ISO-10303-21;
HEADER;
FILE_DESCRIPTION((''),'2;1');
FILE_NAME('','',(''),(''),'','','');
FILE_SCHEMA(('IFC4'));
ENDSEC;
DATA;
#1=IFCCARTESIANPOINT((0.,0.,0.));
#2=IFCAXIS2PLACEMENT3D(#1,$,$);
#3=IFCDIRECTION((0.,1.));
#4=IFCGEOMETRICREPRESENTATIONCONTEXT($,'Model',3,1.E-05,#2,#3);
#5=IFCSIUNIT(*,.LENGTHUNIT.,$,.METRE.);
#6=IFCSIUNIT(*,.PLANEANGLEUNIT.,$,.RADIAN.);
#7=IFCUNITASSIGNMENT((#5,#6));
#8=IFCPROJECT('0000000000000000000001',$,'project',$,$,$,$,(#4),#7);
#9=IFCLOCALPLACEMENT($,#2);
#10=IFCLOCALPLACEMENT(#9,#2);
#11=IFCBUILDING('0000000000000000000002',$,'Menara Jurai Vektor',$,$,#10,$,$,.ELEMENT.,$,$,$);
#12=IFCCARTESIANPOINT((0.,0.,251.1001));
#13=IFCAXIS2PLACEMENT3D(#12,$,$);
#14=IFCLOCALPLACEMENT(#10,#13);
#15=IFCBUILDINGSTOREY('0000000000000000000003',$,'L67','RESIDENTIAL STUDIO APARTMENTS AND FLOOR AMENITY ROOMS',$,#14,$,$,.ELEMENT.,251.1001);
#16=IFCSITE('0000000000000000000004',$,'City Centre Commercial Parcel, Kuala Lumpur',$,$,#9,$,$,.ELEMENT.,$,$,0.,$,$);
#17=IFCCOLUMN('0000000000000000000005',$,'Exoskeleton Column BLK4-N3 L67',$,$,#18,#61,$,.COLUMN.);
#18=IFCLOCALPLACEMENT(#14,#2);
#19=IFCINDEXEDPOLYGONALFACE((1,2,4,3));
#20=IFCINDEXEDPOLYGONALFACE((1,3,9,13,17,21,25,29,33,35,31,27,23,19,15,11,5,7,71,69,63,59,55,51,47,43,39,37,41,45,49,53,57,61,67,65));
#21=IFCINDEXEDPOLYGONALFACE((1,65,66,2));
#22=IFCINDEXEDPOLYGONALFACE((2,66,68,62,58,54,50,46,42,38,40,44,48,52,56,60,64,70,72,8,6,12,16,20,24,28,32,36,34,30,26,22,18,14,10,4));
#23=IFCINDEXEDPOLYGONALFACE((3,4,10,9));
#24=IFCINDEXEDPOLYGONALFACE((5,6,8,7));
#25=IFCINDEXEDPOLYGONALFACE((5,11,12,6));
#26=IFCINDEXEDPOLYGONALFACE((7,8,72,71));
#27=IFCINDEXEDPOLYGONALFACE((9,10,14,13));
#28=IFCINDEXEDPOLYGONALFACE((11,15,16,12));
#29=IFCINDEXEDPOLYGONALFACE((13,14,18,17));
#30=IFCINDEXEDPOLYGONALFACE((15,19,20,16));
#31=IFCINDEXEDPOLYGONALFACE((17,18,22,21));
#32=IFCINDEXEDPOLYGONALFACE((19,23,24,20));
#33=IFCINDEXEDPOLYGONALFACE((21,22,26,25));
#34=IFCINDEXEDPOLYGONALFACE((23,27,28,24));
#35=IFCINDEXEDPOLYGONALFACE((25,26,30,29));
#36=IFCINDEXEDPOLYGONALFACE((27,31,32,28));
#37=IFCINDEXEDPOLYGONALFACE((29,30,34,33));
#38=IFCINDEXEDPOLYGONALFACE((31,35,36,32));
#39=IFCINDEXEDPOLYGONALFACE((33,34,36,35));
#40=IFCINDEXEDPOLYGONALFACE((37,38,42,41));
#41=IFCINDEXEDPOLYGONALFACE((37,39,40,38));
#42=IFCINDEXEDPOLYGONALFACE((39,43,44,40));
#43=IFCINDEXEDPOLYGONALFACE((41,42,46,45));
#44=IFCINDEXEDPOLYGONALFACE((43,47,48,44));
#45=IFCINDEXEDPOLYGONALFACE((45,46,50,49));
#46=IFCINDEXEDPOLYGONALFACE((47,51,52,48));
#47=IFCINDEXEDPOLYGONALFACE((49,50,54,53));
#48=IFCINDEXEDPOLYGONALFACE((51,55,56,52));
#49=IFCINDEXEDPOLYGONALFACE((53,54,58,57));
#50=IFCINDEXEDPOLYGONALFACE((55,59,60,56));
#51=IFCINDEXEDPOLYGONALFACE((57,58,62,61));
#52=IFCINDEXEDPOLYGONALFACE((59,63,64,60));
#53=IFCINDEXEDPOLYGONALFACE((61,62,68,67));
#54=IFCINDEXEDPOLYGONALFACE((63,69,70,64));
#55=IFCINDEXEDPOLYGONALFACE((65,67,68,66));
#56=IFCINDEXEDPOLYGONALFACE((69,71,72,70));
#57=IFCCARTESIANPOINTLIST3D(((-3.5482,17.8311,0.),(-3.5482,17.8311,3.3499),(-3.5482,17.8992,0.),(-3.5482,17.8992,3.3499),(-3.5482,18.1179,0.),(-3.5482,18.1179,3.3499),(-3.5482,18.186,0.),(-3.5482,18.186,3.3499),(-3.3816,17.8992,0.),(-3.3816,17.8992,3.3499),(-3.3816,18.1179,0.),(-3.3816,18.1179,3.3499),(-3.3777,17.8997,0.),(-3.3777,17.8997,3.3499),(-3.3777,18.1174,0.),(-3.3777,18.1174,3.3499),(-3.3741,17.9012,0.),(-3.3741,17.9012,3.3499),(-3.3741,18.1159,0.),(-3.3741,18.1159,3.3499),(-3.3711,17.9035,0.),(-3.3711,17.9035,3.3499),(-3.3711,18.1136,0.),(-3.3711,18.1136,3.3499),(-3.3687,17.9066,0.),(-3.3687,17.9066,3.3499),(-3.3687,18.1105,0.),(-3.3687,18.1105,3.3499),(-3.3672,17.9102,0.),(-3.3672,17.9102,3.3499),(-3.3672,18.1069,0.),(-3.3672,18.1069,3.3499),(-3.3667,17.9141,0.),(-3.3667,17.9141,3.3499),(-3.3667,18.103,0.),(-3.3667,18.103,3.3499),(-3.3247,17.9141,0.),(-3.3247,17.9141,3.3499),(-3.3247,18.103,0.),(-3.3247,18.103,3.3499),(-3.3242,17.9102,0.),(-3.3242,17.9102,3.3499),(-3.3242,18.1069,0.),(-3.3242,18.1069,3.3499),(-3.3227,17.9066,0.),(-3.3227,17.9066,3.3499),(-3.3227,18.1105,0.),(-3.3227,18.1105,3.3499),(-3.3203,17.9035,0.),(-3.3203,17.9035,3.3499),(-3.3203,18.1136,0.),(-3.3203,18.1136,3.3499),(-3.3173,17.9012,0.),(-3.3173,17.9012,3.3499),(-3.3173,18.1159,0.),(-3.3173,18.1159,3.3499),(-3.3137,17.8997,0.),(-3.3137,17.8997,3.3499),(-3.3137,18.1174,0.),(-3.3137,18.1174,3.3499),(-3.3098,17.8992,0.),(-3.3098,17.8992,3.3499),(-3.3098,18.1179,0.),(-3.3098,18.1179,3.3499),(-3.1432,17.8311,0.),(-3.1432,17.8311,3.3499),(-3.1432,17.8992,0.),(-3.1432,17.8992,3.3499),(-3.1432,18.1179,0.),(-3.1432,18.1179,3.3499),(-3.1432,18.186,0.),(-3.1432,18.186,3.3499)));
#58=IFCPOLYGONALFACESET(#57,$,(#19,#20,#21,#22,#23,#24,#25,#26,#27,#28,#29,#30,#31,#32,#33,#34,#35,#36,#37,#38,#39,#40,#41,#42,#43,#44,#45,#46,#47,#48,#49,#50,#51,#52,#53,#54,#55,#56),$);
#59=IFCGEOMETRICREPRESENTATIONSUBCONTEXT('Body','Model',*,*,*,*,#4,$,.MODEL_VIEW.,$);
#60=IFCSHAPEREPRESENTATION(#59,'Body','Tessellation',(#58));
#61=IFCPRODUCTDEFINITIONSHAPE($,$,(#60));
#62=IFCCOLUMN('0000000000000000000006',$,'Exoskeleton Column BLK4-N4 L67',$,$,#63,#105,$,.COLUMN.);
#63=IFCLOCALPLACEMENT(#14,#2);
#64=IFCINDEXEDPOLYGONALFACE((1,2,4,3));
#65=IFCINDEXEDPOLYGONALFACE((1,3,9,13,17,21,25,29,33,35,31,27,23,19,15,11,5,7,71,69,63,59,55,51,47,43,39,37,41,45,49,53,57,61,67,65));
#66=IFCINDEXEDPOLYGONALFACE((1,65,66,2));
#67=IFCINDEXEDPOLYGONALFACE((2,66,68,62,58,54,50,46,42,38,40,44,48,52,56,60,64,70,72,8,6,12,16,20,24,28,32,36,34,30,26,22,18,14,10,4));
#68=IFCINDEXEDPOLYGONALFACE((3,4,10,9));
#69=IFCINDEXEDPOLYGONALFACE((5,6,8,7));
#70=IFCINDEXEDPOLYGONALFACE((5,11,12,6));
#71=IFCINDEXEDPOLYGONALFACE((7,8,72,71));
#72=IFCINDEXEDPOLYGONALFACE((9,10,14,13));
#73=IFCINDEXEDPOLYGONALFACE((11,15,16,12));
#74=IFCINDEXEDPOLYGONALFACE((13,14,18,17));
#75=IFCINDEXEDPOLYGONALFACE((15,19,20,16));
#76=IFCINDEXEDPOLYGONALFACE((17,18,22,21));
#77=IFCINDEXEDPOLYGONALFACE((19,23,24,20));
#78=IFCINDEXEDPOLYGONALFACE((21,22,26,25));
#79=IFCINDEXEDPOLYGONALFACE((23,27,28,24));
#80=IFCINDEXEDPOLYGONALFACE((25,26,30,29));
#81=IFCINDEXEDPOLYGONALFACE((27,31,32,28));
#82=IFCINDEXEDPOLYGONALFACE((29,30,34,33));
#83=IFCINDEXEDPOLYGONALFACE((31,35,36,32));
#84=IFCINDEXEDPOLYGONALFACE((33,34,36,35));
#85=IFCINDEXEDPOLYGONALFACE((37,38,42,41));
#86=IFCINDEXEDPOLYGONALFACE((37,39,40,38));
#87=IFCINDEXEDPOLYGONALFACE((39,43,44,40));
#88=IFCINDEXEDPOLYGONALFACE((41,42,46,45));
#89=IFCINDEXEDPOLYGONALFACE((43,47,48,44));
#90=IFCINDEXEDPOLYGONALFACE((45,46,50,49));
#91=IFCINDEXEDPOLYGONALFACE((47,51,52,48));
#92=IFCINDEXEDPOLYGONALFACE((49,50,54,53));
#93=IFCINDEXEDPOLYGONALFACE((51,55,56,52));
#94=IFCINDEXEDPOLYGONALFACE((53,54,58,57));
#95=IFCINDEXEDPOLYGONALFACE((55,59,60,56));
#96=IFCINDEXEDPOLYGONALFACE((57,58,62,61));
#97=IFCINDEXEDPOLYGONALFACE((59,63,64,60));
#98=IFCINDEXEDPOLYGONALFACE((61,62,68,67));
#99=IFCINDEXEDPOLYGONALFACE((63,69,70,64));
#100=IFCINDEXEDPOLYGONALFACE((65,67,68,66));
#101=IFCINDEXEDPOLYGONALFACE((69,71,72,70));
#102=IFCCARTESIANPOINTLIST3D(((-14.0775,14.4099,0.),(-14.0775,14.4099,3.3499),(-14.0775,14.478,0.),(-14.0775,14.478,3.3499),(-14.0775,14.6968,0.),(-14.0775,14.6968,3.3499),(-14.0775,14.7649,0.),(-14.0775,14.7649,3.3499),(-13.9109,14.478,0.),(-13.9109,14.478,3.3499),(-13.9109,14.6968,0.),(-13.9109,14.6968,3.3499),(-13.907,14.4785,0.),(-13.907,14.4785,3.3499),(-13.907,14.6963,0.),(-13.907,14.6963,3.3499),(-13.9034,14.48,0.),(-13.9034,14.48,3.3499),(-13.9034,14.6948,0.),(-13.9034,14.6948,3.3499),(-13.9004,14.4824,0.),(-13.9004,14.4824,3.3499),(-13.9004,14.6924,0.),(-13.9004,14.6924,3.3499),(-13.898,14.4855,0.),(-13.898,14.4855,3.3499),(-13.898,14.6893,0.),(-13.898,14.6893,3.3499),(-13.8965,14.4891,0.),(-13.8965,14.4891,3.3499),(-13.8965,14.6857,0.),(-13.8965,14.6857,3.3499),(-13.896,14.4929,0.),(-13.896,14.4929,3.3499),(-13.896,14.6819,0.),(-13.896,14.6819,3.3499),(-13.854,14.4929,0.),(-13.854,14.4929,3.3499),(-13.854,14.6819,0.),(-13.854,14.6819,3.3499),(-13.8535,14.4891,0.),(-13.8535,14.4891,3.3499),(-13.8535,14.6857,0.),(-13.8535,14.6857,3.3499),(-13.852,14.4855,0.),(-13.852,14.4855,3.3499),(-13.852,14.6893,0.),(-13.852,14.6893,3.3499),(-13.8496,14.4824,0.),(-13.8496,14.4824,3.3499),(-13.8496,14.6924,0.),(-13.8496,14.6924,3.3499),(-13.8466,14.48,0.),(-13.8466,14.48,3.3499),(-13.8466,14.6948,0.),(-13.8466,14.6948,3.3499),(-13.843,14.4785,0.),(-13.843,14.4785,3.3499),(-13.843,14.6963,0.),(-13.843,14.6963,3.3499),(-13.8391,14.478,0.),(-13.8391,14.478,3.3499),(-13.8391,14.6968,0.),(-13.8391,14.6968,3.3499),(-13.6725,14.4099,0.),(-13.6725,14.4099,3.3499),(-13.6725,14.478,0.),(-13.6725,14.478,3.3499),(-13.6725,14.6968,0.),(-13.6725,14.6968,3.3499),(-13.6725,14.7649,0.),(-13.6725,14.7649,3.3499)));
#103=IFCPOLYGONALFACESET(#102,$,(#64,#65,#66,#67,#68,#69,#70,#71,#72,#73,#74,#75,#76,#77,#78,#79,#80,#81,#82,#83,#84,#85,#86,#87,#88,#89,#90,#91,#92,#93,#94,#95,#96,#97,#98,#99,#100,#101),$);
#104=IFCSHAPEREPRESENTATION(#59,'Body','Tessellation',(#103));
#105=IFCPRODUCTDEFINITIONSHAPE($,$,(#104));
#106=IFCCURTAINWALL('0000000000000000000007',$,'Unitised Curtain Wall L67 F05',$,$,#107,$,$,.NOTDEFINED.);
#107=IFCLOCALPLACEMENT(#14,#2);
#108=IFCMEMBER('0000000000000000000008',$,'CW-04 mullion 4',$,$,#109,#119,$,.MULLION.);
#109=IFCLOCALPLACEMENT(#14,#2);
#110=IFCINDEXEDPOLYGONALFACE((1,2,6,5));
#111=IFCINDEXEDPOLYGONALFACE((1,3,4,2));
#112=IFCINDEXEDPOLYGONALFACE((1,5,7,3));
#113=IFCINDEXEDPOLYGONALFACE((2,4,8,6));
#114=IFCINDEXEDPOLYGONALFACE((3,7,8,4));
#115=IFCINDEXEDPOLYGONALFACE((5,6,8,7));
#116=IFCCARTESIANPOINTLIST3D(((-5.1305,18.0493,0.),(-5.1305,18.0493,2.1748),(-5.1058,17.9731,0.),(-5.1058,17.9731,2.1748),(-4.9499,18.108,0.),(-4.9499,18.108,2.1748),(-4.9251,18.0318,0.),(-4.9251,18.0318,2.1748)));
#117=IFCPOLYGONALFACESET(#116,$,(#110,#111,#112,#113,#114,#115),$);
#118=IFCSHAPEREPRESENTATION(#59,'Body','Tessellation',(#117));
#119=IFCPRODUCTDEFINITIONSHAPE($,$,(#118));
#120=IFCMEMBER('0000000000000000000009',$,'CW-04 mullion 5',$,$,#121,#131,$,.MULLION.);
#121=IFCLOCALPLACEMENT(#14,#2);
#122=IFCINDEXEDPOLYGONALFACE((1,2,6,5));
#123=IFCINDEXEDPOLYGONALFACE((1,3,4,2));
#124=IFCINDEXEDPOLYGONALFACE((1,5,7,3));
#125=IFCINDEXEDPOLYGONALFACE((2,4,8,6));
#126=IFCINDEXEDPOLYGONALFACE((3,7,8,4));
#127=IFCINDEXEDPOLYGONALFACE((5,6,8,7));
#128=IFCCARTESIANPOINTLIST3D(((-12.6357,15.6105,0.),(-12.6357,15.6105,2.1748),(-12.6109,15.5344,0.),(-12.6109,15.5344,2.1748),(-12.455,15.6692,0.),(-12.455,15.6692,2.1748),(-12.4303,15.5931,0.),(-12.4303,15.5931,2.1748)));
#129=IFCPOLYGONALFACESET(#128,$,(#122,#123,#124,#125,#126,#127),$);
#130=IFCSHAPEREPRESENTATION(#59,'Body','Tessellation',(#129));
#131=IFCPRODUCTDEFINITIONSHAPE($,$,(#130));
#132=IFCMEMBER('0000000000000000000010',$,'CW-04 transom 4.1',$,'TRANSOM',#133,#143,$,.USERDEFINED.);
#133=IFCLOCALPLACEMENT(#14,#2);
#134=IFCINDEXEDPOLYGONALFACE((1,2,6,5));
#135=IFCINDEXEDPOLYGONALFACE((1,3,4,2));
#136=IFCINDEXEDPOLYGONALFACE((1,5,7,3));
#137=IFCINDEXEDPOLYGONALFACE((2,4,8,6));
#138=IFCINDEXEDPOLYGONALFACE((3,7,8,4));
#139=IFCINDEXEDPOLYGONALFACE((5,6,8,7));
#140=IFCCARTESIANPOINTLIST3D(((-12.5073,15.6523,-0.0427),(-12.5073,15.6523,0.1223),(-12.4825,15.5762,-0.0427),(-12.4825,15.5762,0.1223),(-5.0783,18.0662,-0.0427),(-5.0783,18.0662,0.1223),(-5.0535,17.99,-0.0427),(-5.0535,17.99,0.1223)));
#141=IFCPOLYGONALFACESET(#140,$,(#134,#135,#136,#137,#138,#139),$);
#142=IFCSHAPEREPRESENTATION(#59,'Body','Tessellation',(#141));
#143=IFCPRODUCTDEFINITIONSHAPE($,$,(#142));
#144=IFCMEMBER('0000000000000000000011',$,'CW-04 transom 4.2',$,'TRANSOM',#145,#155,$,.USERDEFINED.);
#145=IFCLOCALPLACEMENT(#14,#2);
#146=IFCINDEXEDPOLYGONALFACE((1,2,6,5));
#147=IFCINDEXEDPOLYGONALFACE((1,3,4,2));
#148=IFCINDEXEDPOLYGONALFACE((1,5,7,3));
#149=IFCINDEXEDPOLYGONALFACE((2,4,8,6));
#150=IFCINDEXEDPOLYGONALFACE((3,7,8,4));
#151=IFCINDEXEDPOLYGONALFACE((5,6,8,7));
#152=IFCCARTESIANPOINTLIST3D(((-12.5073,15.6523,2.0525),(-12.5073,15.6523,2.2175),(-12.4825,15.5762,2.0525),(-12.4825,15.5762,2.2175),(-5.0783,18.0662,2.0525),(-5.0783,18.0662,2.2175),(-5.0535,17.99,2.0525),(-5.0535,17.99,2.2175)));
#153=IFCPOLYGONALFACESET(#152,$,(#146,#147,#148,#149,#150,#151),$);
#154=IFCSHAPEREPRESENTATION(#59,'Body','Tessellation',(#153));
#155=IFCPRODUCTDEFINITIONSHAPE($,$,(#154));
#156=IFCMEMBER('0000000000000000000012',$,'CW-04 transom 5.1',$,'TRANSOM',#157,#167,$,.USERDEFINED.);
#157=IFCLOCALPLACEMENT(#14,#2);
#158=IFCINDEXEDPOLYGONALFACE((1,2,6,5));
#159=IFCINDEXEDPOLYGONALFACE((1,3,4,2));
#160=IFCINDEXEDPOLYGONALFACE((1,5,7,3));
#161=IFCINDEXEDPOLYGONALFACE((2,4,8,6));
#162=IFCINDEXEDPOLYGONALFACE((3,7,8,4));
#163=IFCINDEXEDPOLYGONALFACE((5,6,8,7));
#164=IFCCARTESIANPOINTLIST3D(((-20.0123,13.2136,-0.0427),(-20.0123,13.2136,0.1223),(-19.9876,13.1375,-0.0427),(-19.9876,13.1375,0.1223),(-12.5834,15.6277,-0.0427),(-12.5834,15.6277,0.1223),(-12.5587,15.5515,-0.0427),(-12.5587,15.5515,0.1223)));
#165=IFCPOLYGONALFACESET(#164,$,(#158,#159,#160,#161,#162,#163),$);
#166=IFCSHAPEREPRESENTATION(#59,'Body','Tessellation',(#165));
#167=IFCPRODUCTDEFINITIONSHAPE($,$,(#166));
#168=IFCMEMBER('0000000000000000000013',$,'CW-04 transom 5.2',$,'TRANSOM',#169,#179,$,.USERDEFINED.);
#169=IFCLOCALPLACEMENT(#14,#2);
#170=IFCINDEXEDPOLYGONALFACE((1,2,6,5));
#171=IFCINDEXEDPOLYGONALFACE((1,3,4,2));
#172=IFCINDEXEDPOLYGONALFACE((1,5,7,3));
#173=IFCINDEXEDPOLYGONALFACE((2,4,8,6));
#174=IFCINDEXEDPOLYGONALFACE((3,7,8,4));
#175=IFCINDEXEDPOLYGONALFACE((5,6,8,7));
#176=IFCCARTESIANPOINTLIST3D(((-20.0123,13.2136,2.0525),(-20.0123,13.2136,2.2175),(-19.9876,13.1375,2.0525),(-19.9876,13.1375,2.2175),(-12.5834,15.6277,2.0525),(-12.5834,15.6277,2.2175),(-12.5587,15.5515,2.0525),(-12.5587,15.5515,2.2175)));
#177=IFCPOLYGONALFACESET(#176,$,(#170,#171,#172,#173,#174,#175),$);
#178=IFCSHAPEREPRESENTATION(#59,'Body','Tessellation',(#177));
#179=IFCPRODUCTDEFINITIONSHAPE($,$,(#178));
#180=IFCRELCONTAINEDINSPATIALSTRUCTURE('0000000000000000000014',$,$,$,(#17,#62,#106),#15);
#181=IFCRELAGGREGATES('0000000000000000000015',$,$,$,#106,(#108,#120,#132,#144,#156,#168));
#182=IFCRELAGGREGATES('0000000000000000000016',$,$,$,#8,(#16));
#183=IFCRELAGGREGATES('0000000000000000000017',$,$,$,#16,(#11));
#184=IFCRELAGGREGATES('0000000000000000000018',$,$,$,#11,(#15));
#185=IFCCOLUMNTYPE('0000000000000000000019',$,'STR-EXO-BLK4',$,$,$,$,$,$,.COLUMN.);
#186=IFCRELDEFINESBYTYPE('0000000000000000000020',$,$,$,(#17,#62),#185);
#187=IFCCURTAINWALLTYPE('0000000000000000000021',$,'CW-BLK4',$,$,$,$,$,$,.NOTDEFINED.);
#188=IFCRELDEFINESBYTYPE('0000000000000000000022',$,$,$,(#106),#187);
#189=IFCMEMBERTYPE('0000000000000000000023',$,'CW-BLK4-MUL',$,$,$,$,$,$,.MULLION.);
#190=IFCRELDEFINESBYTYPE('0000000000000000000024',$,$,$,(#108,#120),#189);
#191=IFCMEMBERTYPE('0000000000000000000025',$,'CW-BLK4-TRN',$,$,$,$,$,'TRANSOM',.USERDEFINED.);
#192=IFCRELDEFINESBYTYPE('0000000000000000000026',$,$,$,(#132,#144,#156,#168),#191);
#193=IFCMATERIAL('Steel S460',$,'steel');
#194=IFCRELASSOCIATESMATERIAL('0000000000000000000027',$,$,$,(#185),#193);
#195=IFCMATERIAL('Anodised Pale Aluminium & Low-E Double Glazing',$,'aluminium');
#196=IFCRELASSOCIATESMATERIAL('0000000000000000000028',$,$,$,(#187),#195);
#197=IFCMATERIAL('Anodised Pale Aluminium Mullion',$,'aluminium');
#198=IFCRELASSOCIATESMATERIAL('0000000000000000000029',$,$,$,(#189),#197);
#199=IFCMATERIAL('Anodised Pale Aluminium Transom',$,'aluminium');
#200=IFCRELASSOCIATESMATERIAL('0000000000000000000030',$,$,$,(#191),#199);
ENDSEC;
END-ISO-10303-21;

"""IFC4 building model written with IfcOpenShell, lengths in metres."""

from ifc_helpers import new_model, si_unit, direction, frame, origin, origin_2d, place, context, subcontext, project, spatial, rectangle, i_section, extrude, material, material_profile, profile_set, type_object, element, aggregate, save


model = new_model("IFC4")

# Units and contexts
model_context = context("Model", 3, precision=1e-05, world=origin(), true_north=direction((0.0, 1.0)))
body_context = subcontext(model_context, "Body", "Model", "MODEL_VIEW")
ifc_project = project(units=[si_unit("LENGTHUNIT", "METRE"), si_unit("PLANEANGLEUNIT", "RADIAN")], contexts=[model_context])

# Site, building, storey
site_placement = place(None, origin())
site = spatial("IfcSite", under=ifc_project, at=site_placement, Name="City Centre Commercial Parcel, Kuala Lumpur", CompositionType="ELEMENT", RefElevation=0.0)
building_placement = place(site_placement, origin())
building = spatial("IfcBuilding", under=site, at=building_placement, Name="Menara Jurai Vektor", CompositionType="ELEMENT")
storey_placement = place(building_placement, frame((0.0, 0.0, 251.1001)))
storey = spatial("IfcBuildingStorey", under=building, at=storey_placement, Name="L67", Description="RESIDENTIAL STUDIO APARTMENTS AND FLOOR AMENITY ROOMS", CompositionType="ELEMENT", Elevation=251.1001)

# Columns
ifc_material_1 = material(Name="Steel S460", Category="steel")
ifc_material_profile_1 = material_profile(ifc_material_1, i_section(OverallWidth=0.405, OverallDepth=0.355, WebThickness=0.042, FlangeThickness=0.0681, FilletRadius=0.0149, at=origin_2d()), Name="HD 400x551")
ifc_profile_set_1 = profile_set([ifc_material_profile_1], Name="Steel S460")
column_type = type_object("IfcColumnType", Name="STR-EXO-BLK4", PredefinedType="COLUMN", material=ifc_profile_set_1)
for number, where, z_axis, x_axis, name in (
    (1, (-3.3457, 18.0085, 0.0), (0.0, 0.0, 1.0), (1.0, 0.0, 0.0), "Exoskeleton Column BLK4-N3 L67"),
    (2, (-13.875, 14.5874, 0.0), (0.0, 0.0, 1.0), (1.0, 0.0, 0.0), "Exoskeleton Column BLK4-N4 L67"),
):
    element("IfcColumn", number, at=place(storey_placement, frame(where, z_axis=z_axis, x_axis=x_axis)), inside=storey, type_object=column_type, Name=name, PredefinedType="COLUMN", context=body_context, shape_type="SweptSolid", body=[
        extrude(i_section(OverallWidth=0.405, OverallDepth=0.355, WebThickness=0.042, FlangeThickness=0.0681, FilletRadius=0.0149, at=origin_2d()), origin(), (0.0, 0.0, 1.0), 3.3499),
    ])

# Curtain wall, members
ifc_material_2 = material(Name="Anodised Pale Aluminium & Low-E Double Glazing", Category="aluminium")
curtain_wall_type = type_object("IfcCurtainWallType", Name="CW-BLK4", PredefinedType="NOTDEFINED", material=ifc_material_2)
curtain_wall_placement = place(storey_placement, origin())
curtain_wall = element("IfcCurtainWall", 3, at=curtain_wall_placement, inside=storey, type_object=curtain_wall_type, Name="Unitised Curtain Wall L67 F05", PredefinedType="NOTDEFINED")
ifc_material_3 = material(Name="Anodised Pale Aluminium Mullion", Category="aluminium")
ifc_material_profile_2 = material_profile(ifc_material_3, rectangle(XDim=0.0801, YDim=0.1899, at=origin_2d()), Name="ALU MUL 80x190")
ifc_profile_set_2 = profile_set([ifc_material_profile_2], Name="Anodised Pale Aluminium Mullion")
member_type_1 = type_object("IfcMemberType", Name="CW-BLK4-MUL", PredefinedType="MULLION", material=ifc_profile_set_2)
member_1_placement = place(storey_placement, frame((-5.0278, 18.0405, 0.0), z_axis=(0.0, 0.0, 1.0), x_axis=(0.309017, -0.951056, 0.0)))
member_1 = element("IfcMember", 4, at=member_1_placement, type_object=member_type_1, Name="CW-04 mullion 4", PredefinedType="MULLION", context=body_context, shape_type="SweptSolid", body=[
    extrude(rectangle(XDim=0.0801, YDim=0.1899, at=origin_2d()), origin(), (0.0, 0.0, 1.0), 2.1748),
])
member_2_placement = place(storey_placement, frame((-12.533, 15.6018, 0.0), z_axis=(0.0, 0.0, 1.0), x_axis=(0.309017, -0.951056, 0.0)))
member_2 = element("IfcMember", 5, at=member_2_placement, type_object=member_type_1, Name="CW-04 mullion 5", PredefinedType="MULLION", context=body_context, shape_type="SweptSolid", body=[
    extrude(rectangle(XDim=0.0801, YDim=0.1899, at=origin_2d()), origin(), (0.0, 0.0, 1.0), 2.1748),
])
ifc_material_4 = material(Name="Anodised Pale Aluminium Transom", Category="aluminium")
ifc_material_profile_3 = material_profile(ifc_material_4, rectangle(XDim=0.0801, YDim=0.165, at=origin_2d()), Name="ALU TRN 80x165")
ifc_profile_set_3 = profile_set([ifc_material_profile_3], Name="Anodised Pale Aluminium Transom")
member_type_2 = type_object("IfcMemberType", Name="CW-BLK4-TRN", ElementType="TRANSOM", PredefinedType="USERDEFINED", material=ifc_profile_set_3)
member_3_placement = place(storey_placement, frame((-5.0659, 18.0281, 0.0398), z_axis=(-0.951056, -0.309018, 0.0), x_axis=(0.309018, -0.951056, 0.0)))
member_3 = element("IfcMember", 6, at=member_3_placement, type_object=member_type_2, Name="CW-04 transom 4.1", ObjectType="TRANSOM", PredefinedType="USERDEFINED", context=body_context, shape_type="SweptSolid", body=[
    extrude(rectangle(XDim=0.0801, YDim=0.165, at=origin_2d()), origin(), (0.0, 0.0, 1.0), 7.8113),
])
member_4_placement = place(storey_placement, frame((-5.0659, 18.0281, 2.135), z_axis=(-0.951056, -0.309018, 0.0), x_axis=(0.309018, -0.951056, 0.0)))
member_4 = element("IfcMember", 7, at=member_4_placement, type_object=member_type_2, Name="CW-04 transom 4.2", ObjectType="TRANSOM", PredefinedType="USERDEFINED", context=body_context, shape_type="SweptSolid", body=[
    extrude(rectangle(XDim=0.0801, YDim=0.165, at=origin_2d()), origin(), (0.0, 0.0, 1.0), 7.8113),
])
member_5_placement = place(storey_placement, frame((-12.571, 15.5896, 0.0398), z_axis=(-0.951047, -0.309046, 0.0), x_axis=(0.309046, -0.951047, 0.0)))
member_5 = element("IfcMember", 8, at=member_5_placement, type_object=member_type_2, Name="CW-04 transom 5.1", ObjectType="TRANSOM", PredefinedType="USERDEFINED", context=body_context, shape_type="SweptSolid", body=[
    extrude(rectangle(XDim=0.0801, YDim=0.165, at=origin_2d()), origin(), (0.0, 0.0, 1.0), 7.8113),
])
member_6_placement = place(storey_placement, frame((-12.571, 15.5896, 2.135), z_axis=(-0.951047, -0.309046, 0.0), x_axis=(0.309046, -0.951047, 0.0)))
member_6 = element("IfcMember", 9, at=member_6_placement, type_object=member_type_2, Name="CW-04 transom 5.2", ObjectType="TRANSOM", PredefinedType="USERDEFINED", context=body_context, shape_type="SweptSolid", body=[
    extrude(rectangle(XDim=0.0801, YDim=0.165, at=origin_2d()), origin(), (0.0, 0.0, 1.0), 7.8113),
])

aggregate(curtain_wall, [member_1, member_2, member_3, member_4, member_5, member_6])

save(model, "model.ifc")
